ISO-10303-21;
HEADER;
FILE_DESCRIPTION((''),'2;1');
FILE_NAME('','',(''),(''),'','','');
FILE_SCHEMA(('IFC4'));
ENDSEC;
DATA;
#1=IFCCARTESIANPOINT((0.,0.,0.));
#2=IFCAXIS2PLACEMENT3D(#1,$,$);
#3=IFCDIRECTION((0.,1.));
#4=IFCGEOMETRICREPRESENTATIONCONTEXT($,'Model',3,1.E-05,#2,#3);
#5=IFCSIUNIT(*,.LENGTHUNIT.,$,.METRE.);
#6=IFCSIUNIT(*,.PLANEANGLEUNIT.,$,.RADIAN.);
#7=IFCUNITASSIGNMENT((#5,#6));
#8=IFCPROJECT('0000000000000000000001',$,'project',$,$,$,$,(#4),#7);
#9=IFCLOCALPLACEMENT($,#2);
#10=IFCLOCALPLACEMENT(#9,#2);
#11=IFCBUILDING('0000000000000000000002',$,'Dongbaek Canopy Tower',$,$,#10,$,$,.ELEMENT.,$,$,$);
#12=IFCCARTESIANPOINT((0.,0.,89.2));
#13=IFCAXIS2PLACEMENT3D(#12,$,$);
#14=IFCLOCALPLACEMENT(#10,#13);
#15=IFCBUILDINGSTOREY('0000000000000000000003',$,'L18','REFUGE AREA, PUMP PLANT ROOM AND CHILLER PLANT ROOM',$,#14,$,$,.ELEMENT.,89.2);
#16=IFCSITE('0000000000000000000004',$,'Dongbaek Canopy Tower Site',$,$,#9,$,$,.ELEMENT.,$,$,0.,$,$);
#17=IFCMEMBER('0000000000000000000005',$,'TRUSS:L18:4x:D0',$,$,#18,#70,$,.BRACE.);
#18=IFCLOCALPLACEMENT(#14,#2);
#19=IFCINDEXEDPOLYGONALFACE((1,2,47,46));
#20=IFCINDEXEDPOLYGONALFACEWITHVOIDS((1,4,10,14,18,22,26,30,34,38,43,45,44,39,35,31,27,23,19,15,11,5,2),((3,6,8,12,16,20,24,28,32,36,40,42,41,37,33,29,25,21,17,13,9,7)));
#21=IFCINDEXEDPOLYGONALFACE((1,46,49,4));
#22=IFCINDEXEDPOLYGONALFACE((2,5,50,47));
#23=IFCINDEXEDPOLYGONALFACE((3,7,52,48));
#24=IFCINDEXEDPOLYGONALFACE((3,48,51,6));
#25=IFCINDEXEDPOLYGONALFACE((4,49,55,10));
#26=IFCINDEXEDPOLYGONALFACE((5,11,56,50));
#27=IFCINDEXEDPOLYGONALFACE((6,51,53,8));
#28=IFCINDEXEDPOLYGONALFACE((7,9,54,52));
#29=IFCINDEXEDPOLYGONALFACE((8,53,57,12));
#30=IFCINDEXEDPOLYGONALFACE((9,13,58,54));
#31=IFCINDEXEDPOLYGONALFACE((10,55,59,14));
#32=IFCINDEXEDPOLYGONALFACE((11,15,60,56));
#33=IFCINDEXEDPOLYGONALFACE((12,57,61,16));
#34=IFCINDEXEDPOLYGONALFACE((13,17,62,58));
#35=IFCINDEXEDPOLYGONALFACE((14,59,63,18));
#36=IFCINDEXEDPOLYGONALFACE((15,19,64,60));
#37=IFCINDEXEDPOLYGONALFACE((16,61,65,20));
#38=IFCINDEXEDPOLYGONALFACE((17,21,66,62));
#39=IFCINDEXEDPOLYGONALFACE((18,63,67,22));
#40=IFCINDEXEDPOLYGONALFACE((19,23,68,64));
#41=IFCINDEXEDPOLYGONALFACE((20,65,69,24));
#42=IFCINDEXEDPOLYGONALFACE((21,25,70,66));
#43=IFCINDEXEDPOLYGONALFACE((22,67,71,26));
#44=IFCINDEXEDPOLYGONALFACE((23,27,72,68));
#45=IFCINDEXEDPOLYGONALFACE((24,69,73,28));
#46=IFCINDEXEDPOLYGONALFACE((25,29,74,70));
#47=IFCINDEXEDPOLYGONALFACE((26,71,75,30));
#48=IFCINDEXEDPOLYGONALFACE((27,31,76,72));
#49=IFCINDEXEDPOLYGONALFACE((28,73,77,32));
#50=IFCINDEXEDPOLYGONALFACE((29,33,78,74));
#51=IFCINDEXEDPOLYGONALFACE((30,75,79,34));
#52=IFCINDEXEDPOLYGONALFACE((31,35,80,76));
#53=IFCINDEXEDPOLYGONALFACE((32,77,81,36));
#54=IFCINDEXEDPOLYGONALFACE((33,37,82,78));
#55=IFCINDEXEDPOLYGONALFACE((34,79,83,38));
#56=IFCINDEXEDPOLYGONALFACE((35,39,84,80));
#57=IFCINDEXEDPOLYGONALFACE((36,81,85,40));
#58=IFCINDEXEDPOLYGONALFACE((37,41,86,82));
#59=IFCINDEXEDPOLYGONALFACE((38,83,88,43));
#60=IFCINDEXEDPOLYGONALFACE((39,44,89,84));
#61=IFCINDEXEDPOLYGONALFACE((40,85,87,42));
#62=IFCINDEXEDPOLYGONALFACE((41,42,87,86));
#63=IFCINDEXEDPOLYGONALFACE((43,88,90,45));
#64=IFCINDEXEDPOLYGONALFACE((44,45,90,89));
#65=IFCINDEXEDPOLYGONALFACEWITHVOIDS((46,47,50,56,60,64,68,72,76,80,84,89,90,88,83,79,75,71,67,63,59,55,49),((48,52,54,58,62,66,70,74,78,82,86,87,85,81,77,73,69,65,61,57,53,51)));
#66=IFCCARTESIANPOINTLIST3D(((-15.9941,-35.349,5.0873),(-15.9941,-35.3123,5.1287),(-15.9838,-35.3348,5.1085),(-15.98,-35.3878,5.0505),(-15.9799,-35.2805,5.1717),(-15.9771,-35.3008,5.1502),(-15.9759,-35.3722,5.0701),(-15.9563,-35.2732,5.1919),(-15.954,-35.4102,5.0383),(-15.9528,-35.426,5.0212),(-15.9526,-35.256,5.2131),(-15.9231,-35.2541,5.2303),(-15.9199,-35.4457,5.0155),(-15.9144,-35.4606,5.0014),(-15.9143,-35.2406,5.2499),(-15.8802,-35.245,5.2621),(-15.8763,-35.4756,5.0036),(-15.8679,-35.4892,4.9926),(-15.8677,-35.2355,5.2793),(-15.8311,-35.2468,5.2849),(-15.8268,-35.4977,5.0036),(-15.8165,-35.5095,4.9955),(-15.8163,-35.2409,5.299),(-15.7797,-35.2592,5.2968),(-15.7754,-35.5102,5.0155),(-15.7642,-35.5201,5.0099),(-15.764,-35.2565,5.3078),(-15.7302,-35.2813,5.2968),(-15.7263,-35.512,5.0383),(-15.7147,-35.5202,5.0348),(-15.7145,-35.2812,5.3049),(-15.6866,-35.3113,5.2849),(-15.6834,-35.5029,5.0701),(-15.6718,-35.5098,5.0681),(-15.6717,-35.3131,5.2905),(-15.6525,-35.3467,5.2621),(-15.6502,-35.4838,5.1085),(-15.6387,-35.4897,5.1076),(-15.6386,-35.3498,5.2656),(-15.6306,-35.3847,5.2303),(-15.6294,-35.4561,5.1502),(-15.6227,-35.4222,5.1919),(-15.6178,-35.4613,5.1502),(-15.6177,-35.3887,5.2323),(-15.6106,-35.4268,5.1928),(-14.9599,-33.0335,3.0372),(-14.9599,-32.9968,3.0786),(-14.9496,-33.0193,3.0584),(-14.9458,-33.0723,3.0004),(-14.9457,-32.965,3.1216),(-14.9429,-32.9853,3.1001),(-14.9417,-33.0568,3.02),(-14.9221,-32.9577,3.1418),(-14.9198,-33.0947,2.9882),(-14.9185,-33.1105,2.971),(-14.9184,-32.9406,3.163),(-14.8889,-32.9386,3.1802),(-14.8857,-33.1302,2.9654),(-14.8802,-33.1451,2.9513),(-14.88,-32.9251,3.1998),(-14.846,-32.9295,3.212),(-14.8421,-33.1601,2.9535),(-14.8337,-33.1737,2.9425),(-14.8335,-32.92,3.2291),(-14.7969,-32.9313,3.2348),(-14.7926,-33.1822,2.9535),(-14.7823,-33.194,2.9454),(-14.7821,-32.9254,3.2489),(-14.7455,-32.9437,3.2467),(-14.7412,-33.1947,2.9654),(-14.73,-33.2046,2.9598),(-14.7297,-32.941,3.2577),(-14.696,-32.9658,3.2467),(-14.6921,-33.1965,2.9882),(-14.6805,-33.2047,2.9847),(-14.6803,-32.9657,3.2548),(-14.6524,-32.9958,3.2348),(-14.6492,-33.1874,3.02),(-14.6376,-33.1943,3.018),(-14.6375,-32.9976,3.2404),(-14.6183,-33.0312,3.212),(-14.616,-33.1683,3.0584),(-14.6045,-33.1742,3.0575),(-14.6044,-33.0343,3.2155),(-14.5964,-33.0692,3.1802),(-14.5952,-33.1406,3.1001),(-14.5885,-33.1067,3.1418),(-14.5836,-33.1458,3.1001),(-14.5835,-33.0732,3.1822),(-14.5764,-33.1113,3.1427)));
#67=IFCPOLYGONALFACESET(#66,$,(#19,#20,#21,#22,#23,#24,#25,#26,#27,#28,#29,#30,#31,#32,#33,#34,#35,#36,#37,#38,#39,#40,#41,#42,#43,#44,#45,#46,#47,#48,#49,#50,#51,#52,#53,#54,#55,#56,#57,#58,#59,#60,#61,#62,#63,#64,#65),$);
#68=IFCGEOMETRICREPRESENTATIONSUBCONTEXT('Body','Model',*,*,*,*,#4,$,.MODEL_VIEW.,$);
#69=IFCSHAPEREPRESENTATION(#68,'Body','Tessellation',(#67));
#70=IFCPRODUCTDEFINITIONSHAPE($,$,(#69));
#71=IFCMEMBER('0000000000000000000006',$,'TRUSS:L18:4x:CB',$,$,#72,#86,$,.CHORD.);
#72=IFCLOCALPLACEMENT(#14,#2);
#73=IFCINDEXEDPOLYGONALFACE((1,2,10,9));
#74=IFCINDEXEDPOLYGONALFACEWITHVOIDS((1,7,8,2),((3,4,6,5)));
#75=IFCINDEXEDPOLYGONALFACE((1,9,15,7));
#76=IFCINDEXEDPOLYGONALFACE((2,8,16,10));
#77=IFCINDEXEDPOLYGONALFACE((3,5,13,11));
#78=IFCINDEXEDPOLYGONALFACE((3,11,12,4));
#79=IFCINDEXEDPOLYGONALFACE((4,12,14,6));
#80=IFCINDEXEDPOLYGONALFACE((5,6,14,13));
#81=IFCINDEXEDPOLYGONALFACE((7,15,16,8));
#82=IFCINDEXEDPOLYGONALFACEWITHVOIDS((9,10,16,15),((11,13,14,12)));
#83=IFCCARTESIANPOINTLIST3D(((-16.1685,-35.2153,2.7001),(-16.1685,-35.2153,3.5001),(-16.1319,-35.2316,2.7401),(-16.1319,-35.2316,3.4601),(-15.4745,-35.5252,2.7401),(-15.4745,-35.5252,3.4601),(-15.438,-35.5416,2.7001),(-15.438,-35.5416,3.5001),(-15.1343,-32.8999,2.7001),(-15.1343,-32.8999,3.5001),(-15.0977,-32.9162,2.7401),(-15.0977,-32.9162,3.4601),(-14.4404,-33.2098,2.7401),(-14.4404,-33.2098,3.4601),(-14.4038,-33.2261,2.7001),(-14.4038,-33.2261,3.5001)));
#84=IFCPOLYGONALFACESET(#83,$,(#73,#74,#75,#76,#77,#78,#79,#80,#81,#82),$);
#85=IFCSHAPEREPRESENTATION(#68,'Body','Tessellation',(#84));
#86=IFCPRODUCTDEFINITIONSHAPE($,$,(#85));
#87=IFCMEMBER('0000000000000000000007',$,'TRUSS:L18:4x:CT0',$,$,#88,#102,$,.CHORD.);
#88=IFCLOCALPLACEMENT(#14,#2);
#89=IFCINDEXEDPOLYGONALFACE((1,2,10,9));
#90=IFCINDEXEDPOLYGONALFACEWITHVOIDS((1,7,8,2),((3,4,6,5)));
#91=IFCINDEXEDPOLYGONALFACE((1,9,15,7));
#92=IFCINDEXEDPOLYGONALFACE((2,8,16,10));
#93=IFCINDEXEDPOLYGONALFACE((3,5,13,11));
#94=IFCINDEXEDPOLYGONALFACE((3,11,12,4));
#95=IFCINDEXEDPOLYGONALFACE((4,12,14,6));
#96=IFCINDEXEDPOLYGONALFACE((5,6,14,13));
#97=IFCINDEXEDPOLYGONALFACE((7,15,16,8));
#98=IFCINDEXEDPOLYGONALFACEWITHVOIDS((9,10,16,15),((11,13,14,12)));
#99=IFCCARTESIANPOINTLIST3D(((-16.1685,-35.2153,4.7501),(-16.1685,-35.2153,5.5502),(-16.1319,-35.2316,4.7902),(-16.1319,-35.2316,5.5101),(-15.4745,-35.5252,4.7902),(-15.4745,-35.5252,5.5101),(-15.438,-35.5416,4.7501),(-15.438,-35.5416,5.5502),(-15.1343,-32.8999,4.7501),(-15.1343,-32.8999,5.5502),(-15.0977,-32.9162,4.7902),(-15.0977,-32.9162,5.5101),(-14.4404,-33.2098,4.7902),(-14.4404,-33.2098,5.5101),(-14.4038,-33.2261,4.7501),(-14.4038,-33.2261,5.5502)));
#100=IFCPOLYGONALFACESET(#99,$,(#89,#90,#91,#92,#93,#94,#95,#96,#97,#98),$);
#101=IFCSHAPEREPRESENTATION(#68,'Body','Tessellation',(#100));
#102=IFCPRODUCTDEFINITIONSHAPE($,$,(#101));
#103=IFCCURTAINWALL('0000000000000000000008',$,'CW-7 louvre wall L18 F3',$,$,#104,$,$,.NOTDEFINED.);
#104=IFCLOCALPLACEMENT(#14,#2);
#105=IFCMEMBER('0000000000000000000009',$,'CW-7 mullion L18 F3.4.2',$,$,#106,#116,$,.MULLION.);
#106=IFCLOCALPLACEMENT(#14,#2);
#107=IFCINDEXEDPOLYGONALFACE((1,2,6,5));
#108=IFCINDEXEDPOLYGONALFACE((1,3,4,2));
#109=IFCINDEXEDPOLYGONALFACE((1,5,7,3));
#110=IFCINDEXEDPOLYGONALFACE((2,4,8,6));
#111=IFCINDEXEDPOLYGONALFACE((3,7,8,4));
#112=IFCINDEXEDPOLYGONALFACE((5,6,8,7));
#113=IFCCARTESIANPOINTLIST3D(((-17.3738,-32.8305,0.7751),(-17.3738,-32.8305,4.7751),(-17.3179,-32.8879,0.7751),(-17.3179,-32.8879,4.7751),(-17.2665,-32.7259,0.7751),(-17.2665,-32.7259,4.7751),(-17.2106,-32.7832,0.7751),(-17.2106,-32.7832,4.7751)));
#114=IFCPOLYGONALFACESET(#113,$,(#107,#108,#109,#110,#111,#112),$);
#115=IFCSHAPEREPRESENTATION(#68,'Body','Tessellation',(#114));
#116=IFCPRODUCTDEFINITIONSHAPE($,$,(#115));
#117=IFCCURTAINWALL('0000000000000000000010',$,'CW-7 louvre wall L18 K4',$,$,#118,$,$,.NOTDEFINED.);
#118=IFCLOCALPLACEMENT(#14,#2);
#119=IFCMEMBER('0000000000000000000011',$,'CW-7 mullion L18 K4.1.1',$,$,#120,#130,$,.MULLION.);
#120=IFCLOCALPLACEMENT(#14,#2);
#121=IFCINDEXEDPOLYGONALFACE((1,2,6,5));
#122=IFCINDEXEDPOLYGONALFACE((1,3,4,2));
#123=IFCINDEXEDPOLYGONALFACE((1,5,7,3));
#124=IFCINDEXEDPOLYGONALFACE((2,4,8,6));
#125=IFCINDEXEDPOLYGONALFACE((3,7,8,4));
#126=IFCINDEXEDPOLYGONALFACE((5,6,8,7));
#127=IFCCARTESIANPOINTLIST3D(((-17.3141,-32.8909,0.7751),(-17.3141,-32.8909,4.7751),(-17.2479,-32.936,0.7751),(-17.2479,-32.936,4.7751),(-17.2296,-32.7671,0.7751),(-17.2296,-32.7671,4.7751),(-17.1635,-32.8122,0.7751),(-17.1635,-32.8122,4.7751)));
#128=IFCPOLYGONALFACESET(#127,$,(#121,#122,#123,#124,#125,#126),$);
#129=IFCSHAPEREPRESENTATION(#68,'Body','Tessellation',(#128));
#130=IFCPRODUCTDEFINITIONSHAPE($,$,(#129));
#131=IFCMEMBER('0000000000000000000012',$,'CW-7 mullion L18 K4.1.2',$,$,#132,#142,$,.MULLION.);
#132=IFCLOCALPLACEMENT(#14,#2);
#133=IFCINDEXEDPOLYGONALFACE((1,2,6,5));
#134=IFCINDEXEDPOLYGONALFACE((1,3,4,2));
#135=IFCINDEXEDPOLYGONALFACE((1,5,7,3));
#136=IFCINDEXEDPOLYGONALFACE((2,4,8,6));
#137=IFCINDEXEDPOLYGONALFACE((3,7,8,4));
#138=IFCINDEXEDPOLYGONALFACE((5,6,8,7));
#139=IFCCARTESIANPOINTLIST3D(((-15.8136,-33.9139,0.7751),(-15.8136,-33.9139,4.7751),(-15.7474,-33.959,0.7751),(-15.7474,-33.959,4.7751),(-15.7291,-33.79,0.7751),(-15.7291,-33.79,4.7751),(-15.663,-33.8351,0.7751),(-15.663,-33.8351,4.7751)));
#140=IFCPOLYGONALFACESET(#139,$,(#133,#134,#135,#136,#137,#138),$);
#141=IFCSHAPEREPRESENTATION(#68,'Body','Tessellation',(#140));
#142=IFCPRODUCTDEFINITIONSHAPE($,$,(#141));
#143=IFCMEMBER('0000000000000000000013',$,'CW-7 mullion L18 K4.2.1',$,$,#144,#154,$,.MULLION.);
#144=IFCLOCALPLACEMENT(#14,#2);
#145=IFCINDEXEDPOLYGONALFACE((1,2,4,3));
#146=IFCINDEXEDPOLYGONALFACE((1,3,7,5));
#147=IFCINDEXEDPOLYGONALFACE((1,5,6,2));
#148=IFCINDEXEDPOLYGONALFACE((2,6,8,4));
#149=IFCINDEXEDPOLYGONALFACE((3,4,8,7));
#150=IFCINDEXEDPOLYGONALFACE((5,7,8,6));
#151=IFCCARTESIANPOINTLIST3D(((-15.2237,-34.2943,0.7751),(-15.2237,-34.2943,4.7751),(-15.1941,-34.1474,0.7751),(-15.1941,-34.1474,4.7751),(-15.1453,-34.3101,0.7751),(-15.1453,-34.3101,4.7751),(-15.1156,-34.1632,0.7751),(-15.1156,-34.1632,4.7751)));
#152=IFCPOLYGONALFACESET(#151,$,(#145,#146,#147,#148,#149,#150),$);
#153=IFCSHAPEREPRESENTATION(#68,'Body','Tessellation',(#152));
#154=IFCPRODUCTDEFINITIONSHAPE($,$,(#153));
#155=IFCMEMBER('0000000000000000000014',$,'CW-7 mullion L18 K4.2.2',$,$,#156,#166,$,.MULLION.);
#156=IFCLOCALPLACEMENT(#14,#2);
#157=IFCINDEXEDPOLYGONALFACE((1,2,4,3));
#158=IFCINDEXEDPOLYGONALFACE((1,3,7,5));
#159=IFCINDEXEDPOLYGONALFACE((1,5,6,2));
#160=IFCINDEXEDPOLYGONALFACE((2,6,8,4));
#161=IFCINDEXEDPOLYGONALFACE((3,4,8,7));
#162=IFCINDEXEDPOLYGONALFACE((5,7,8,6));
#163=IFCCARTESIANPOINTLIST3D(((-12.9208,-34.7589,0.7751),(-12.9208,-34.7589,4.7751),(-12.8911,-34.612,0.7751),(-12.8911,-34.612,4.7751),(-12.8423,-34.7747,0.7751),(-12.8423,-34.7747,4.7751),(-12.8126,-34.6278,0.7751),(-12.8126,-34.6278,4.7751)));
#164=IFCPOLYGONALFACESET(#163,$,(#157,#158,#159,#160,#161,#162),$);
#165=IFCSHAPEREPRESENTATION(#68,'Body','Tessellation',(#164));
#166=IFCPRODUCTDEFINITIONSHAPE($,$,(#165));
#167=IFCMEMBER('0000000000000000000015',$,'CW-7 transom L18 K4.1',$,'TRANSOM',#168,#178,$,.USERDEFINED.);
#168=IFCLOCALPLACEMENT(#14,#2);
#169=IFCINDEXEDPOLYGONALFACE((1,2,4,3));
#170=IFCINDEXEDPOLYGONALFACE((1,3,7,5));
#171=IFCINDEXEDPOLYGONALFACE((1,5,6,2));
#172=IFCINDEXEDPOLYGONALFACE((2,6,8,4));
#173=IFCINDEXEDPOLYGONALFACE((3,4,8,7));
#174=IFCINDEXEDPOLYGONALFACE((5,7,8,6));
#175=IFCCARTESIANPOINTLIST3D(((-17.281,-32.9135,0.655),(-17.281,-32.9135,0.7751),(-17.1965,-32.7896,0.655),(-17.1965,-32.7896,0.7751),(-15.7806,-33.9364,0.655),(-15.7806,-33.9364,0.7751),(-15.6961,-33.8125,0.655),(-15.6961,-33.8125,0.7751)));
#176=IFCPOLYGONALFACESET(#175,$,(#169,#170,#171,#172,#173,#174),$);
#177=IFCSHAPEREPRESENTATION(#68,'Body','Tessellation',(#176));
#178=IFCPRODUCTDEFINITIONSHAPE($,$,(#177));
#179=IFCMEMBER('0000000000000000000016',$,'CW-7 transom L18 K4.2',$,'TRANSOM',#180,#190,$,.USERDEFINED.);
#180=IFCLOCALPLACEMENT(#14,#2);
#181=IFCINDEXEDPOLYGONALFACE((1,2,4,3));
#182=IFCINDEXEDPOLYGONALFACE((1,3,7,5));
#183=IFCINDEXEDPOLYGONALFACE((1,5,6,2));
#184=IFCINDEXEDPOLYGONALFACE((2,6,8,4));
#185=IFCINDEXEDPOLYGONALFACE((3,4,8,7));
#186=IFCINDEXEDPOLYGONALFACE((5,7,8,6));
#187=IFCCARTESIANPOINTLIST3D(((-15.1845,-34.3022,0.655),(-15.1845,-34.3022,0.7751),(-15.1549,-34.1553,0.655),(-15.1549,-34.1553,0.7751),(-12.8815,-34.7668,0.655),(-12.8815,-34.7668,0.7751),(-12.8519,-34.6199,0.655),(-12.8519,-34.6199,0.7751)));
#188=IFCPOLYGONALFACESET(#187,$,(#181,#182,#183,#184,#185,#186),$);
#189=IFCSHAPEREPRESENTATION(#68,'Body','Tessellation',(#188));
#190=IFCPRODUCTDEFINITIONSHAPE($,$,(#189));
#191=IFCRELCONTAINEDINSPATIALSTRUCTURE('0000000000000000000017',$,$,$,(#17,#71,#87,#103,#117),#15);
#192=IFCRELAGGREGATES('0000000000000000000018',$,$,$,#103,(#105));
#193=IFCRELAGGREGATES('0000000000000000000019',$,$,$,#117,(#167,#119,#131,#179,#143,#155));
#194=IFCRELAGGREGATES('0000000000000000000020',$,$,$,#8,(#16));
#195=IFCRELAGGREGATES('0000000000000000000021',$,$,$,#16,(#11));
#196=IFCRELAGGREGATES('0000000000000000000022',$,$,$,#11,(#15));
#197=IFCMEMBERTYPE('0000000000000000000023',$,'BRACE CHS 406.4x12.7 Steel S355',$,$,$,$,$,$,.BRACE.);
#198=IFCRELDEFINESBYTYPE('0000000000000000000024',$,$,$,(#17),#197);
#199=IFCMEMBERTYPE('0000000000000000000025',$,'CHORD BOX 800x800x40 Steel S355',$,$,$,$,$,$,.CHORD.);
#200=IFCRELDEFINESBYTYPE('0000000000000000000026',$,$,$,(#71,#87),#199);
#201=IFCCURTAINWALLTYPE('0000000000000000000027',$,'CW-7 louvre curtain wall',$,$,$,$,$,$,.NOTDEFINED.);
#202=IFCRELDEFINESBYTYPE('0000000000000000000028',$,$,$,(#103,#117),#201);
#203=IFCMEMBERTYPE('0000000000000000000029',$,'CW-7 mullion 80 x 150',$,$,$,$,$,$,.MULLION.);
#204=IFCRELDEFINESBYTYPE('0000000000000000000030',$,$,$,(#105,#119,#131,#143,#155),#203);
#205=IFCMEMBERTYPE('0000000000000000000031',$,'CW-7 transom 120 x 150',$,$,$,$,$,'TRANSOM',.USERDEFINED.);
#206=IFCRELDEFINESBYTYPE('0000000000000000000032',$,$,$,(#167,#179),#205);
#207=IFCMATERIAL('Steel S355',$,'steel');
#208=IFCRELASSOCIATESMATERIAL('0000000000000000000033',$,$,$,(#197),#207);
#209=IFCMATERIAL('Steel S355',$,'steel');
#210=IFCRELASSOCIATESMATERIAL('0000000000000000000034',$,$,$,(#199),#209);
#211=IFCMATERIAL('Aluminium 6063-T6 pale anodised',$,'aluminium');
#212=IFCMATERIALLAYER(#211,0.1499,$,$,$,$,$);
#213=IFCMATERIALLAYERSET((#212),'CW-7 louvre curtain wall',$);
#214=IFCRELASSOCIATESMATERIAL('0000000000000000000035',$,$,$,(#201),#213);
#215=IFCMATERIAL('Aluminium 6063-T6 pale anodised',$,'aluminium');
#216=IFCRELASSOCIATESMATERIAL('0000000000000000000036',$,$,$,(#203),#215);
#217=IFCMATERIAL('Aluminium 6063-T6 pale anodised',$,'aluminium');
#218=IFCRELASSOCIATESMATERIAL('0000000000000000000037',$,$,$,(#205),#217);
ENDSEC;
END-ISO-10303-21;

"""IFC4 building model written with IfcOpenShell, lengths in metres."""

from ifc_helpers import new_model, si_unit, direction, frame, origin, origin_2d, place, context, subcontext, project, spatial, rectangle, hollow_rectangle, hollow_circle, extrude, material, layer, layer_set, material_profile, profile_set, type_object, element, aggregate, save


model = new_model("IFC4")

# Units and contexts
model_context = context("Model", 3, precision=1e-05, world=origin(), true_north=direction((0.0, 1.0)))
body_context = subcontext(model_context, "Body", "Model", "MODEL_VIEW")
ifc_project = project(units=[si_unit("LENGTHUNIT", "METRE"), si_unit("PLANEANGLEUNIT", "RADIAN")], contexts=[model_context])

# Site, building, storey
site_placement = place(None, origin())
site = spatial("IfcSite", under=ifc_project, at=site_placement, Name="Dongbaek Canopy Tower Site", CompositionType="ELEMENT", RefElevation=0.0)
building_placement = place(site_placement, origin())
building = spatial("IfcBuilding", under=site, at=building_placement, Name="Dongbaek Canopy Tower", CompositionType="ELEMENT")
storey_placement = place(building_placement, frame((0.0, 0.0, 89.2)))
storey = spatial("IfcBuildingStorey", under=building, at=storey_placement, Name="L18", Description="REFUGE AREA, PUMP PLANT ROOM AND CHILLER PLANT ROOM", CompositionType="ELEMENT", Elevation=89.2)

# Members
ifc_material_1 = material(Name="Steel S355", Category="steel")
ifc_material_profile_1 = material_profile(ifc_material_1, hollow_circle(Radius=0.2031, WallThickness=0.0127, at=origin_2d()), Name="BRACE CHS 406.4x12.7 Steel S355")
ifc_profile_set_1 = profile_set([ifc_material_profile_1], Name="Steel S355")
member_type_1 = type_object("IfcMemberType", Name="BRACE CHS 406.4x12.7 Steel S355", PredefinedType="BRACE", material=ifc_profile_set_1)
member_1_placement = place(storey_placement, frame((-14.769, -33.063, 3.1001), z_axis=(-0.317146, -0.710059, 0.628677), x_axis=(0.913064, -0.407817, 0.0)))
element("IfcMember", 1, at=member_1_placement, inside=storey, type_object=member_type_1, Name="TRUSS:L18:4x:D0", PredefinedType="BRACE", context=body_context, shape_type="SweptSolid", body=[
    extrude(hollow_circle(Radius=0.2031, WallThickness=0.0127, at=origin_2d()), origin(), (0.0, 0.0, 1.0), 3.261),
])
ifc_material_2 = material(Name="Steel S355", Category="steel")
ifc_material_profile_2 = material_profile(ifc_material_2, hollow_rectangle(XDim=0.8, YDim=0.8, WallThickness=0.04, at=origin_2d()), Name="CHORD BOX 800x800x40 Steel S355")
ifc_profile_set_2 = profile_set([ifc_material_profile_2], Name="Steel S355")
member_type_2 = type_object("IfcMemberType", Name="CHORD BOX 800x800x40 Steel S355", PredefinedType="CHORD", material=ifc_profile_set_2)
for number, where, z_axis, x_axis, name in (
    (2, (-14.769, -33.063, 3.1001), (-0.407817, -0.913064, 0.0), (0.913064, -0.407817, 0.0), "TRUSS:L18:4x:CB"),
    (3, (-14.769, -33.063, 5.1501), (-0.407817, -0.913064, 0.0), (0.913064, -0.407817, 0.0), "TRUSS:L18:4x:CT0"),
):
    element("IfcMember", number, at=place(storey_placement, frame(where, z_axis=z_axis, x_axis=x_axis)), inside=storey, type_object=member_type_2, Name=name, PredefinedType="CHORD", context=body_context, shape_type="SweptSolid", body=[
        extrude(hollow_rectangle(XDim=0.8, YDim=0.8, WallThickness=0.04, at=origin_2d()), origin(), (0.0, 0.0, 1.0), 2.5359),
    ])

# Curtain wall, member
ifc_material_3 = material(Name="Aluminium 6063-T6 pale anodised", Category="aluminium")
ifc_layer_1 = layer(ifc_material_3, 0.1499)
ifc_layer_set_1 = layer_set([ifc_layer_1], Name="CW-7 louvre curtain wall")
curtain_wall_type = type_object("IfcCurtainWallType", Name="CW-7 louvre curtain wall", PredefinedType="NOTDEFINED", material=ifc_layer_set_1)
curtain_wall_1_placement = place(storey_placement, origin())
curtain_wall_1 = element("IfcCurtainWall", 4, at=curtain_wall_1_placement, inside=storey, type_object=curtain_wall_type, Name="CW-7 louvre wall L18 F3", PredefinedType="NOTDEFINED")
ifc_material_4 = material(Name="Aluminium 6063-T6 pale anodised", Category="aluminium")
ifc_material_profile_3 = material_profile(ifc_material_4, rectangle(XDim=0.1499, YDim=0.0801, at=origin_2d()), Name="CW-7 mullion 80 x 150")
ifc_profile_set_3 = profile_set([ifc_material_profile_3], Name="Aluminium 6063-T6 pale anodised")
member_type_3 = type_object("IfcMemberType", Name="CW-7 mullion 80 x 150", PredefinedType="MULLION", material=ifc_profile_set_3)
member_2_placement = place(storey_placement, frame((-17.2922, -32.8069, 0.7751), z_axis=(0.0, 0.0, 1.0), x_axis=(-0.715921, -0.698181, 0.0)))
member_2 = element("IfcMember", 5, at=member_2_placement, type_object=member_type_3, Name="CW-7 mullion L18 F3.4.2", PredefinedType="MULLION", context=body_context, shape_type="SweptSolid", body=[
    extrude(rectangle(XDim=0.1499, YDim=0.0801, at=origin_2d()), origin(), (0.0, 0.0, 1.0), 4.0),
])

# Curtain wall, members
curtain_wall_2_placement = place(storey_placement, origin())
curtain_wall_2 = element("IfcCurtainWall", 6, at=curtain_wall_2_placement, inside=storey, type_object=curtain_wall_type, Name="CW-7 louvre wall L18 K4", PredefinedType="NOTDEFINED")
member_3_placement = place(storey_placement, frame((-17.2388, -32.8516, 0.7751), z_axis=(0.0, 0.0, 1.0), x_axis=(-0.56326, -0.82628, 0.0)))
member_3 = element("IfcMember", 7, at=member_3_placement, type_object=member_type_3, Name="CW-7 mullion L18 K4.1.1", PredefinedType="MULLION", context=body_context, shape_type="SweptSolid", body=[
    extrude(rectangle(XDim=0.1499, YDim=0.0801, at=origin_2d()), origin(), (0.0, 0.0, 1.0), 4.0),
])
member_4_placement = place(storey_placement, frame((-15.7383, -33.8745, 0.7751), z_axis=(0.0, 0.0, 1.0), x_axis=(-0.56326, -0.82628, 0.0)))
member_4 = element("IfcMember", 8, at=member_4_placement, type_object=member_type_3, Name="CW-7 mullion L18 K4.1.2", PredefinedType="MULLION", context=body_context, shape_type="SweptSolid", body=[
    extrude(rectangle(XDim=0.1499, YDim=0.0801, at=origin_2d()), origin(), (0.0, 0.0, 1.0), 4.0),
])
member_5_placement = place(storey_placement, frame((-15.1697, -34.2288, 0.7751), z_axis=(0.0, 0.0, 1.0), x_axis=(-0.19778, -0.980246, 0.0)))
member_5 = element("IfcMember", 9, at=member_5_placement, type_object=member_type_3, Name="CW-7 mullion L18 K4.2.1", PredefinedType="MULLION", context=body_context, shape_type="SweptSolid", body=[
    extrude(rectangle(XDim=0.1499, YDim=0.0801, at=origin_2d()), origin(), (0.0, 0.0, 1.0), 4.0),
])
member_6_placement = place(storey_placement, frame((-12.8667, -34.6934, 0.7751), z_axis=(0.0, 0.0, 1.0), x_axis=(-0.19778, -0.980246, 0.0)))
member_6 = element("IfcMember", 10, at=member_6_placement, type_object=member_type_3, Name="CW-7 mullion L18 K4.2.2", PredefinedType="MULLION", context=body_context, shape_type="SweptSolid", body=[
    extrude(rectangle(XDim=0.1499, YDim=0.0801, at=origin_2d()), origin(), (0.0, 0.0, 1.0), 4.0),
])
ifc_material_5 = material(Name="Aluminium 6063-T6 pale anodised", Category="aluminium")
ifc_material_profile_4 = material_profile(ifc_material_5, rectangle(XDim=0.1499, YDim=0.1201, at=origin_2d()), Name="CW-7 transom 120 x 150")
ifc_profile_set_4 = profile_set([ifc_material_profile_4], Name="Aluminium 6063-T6 pale anodised")
member_type_4 = type_object("IfcMemberType", Name="CW-7 transom 120 x 150", ElementType="TRANSOM", PredefinedType="USERDEFINED", material=ifc_profile_set_4)
member_7_placement = place(storey_placement, frame((-17.2388, -32.8516, 0.7151), z_axis=(0.826256, -0.563295, 0.0), x_axis=(0.563295, 0.826256, 0.0)))
member_7 = element("IfcMember", 11, at=member_7_placement, type_object=member_type_4, Name="CW-7 transom L18 K4.1", ObjectType="TRANSOM", PredefinedType="USERDEFINED", context=body_context, shape_type="SweptSolid", body=[
    extrude(rectangle(XDim=0.1499, YDim=0.1201, at=origin_2d()), origin(), (0.0, 0.0, 1.0), 1.8159),
])
member_8_placement = place(storey_placement, frame((-15.1697, -34.2288, 0.7151), z_axis=(0.980252, -0.197755, 0.0), x_axis=(0.197755, 0.980252, 0.0)))
member_8 = element("IfcMember", 12, at=member_8_placement, type_object=member_type_4, Name="CW-7 transom L18 K4.2", ObjectType="TRANSOM", PredefinedType="USERDEFINED", context=body_context, shape_type="SweptSolid", body=[
    extrude(rectangle(XDim=0.1499, YDim=0.1201, at=origin_2d()), origin(), (0.0, 0.0, 1.0), 2.3494),
])

aggregate(curtain_wall_1, [member_2])
aggregate(curtain_wall_2, [member_7, member_3, member_4, member_8, member_5, member_6])

save(model, "model.ifc")
